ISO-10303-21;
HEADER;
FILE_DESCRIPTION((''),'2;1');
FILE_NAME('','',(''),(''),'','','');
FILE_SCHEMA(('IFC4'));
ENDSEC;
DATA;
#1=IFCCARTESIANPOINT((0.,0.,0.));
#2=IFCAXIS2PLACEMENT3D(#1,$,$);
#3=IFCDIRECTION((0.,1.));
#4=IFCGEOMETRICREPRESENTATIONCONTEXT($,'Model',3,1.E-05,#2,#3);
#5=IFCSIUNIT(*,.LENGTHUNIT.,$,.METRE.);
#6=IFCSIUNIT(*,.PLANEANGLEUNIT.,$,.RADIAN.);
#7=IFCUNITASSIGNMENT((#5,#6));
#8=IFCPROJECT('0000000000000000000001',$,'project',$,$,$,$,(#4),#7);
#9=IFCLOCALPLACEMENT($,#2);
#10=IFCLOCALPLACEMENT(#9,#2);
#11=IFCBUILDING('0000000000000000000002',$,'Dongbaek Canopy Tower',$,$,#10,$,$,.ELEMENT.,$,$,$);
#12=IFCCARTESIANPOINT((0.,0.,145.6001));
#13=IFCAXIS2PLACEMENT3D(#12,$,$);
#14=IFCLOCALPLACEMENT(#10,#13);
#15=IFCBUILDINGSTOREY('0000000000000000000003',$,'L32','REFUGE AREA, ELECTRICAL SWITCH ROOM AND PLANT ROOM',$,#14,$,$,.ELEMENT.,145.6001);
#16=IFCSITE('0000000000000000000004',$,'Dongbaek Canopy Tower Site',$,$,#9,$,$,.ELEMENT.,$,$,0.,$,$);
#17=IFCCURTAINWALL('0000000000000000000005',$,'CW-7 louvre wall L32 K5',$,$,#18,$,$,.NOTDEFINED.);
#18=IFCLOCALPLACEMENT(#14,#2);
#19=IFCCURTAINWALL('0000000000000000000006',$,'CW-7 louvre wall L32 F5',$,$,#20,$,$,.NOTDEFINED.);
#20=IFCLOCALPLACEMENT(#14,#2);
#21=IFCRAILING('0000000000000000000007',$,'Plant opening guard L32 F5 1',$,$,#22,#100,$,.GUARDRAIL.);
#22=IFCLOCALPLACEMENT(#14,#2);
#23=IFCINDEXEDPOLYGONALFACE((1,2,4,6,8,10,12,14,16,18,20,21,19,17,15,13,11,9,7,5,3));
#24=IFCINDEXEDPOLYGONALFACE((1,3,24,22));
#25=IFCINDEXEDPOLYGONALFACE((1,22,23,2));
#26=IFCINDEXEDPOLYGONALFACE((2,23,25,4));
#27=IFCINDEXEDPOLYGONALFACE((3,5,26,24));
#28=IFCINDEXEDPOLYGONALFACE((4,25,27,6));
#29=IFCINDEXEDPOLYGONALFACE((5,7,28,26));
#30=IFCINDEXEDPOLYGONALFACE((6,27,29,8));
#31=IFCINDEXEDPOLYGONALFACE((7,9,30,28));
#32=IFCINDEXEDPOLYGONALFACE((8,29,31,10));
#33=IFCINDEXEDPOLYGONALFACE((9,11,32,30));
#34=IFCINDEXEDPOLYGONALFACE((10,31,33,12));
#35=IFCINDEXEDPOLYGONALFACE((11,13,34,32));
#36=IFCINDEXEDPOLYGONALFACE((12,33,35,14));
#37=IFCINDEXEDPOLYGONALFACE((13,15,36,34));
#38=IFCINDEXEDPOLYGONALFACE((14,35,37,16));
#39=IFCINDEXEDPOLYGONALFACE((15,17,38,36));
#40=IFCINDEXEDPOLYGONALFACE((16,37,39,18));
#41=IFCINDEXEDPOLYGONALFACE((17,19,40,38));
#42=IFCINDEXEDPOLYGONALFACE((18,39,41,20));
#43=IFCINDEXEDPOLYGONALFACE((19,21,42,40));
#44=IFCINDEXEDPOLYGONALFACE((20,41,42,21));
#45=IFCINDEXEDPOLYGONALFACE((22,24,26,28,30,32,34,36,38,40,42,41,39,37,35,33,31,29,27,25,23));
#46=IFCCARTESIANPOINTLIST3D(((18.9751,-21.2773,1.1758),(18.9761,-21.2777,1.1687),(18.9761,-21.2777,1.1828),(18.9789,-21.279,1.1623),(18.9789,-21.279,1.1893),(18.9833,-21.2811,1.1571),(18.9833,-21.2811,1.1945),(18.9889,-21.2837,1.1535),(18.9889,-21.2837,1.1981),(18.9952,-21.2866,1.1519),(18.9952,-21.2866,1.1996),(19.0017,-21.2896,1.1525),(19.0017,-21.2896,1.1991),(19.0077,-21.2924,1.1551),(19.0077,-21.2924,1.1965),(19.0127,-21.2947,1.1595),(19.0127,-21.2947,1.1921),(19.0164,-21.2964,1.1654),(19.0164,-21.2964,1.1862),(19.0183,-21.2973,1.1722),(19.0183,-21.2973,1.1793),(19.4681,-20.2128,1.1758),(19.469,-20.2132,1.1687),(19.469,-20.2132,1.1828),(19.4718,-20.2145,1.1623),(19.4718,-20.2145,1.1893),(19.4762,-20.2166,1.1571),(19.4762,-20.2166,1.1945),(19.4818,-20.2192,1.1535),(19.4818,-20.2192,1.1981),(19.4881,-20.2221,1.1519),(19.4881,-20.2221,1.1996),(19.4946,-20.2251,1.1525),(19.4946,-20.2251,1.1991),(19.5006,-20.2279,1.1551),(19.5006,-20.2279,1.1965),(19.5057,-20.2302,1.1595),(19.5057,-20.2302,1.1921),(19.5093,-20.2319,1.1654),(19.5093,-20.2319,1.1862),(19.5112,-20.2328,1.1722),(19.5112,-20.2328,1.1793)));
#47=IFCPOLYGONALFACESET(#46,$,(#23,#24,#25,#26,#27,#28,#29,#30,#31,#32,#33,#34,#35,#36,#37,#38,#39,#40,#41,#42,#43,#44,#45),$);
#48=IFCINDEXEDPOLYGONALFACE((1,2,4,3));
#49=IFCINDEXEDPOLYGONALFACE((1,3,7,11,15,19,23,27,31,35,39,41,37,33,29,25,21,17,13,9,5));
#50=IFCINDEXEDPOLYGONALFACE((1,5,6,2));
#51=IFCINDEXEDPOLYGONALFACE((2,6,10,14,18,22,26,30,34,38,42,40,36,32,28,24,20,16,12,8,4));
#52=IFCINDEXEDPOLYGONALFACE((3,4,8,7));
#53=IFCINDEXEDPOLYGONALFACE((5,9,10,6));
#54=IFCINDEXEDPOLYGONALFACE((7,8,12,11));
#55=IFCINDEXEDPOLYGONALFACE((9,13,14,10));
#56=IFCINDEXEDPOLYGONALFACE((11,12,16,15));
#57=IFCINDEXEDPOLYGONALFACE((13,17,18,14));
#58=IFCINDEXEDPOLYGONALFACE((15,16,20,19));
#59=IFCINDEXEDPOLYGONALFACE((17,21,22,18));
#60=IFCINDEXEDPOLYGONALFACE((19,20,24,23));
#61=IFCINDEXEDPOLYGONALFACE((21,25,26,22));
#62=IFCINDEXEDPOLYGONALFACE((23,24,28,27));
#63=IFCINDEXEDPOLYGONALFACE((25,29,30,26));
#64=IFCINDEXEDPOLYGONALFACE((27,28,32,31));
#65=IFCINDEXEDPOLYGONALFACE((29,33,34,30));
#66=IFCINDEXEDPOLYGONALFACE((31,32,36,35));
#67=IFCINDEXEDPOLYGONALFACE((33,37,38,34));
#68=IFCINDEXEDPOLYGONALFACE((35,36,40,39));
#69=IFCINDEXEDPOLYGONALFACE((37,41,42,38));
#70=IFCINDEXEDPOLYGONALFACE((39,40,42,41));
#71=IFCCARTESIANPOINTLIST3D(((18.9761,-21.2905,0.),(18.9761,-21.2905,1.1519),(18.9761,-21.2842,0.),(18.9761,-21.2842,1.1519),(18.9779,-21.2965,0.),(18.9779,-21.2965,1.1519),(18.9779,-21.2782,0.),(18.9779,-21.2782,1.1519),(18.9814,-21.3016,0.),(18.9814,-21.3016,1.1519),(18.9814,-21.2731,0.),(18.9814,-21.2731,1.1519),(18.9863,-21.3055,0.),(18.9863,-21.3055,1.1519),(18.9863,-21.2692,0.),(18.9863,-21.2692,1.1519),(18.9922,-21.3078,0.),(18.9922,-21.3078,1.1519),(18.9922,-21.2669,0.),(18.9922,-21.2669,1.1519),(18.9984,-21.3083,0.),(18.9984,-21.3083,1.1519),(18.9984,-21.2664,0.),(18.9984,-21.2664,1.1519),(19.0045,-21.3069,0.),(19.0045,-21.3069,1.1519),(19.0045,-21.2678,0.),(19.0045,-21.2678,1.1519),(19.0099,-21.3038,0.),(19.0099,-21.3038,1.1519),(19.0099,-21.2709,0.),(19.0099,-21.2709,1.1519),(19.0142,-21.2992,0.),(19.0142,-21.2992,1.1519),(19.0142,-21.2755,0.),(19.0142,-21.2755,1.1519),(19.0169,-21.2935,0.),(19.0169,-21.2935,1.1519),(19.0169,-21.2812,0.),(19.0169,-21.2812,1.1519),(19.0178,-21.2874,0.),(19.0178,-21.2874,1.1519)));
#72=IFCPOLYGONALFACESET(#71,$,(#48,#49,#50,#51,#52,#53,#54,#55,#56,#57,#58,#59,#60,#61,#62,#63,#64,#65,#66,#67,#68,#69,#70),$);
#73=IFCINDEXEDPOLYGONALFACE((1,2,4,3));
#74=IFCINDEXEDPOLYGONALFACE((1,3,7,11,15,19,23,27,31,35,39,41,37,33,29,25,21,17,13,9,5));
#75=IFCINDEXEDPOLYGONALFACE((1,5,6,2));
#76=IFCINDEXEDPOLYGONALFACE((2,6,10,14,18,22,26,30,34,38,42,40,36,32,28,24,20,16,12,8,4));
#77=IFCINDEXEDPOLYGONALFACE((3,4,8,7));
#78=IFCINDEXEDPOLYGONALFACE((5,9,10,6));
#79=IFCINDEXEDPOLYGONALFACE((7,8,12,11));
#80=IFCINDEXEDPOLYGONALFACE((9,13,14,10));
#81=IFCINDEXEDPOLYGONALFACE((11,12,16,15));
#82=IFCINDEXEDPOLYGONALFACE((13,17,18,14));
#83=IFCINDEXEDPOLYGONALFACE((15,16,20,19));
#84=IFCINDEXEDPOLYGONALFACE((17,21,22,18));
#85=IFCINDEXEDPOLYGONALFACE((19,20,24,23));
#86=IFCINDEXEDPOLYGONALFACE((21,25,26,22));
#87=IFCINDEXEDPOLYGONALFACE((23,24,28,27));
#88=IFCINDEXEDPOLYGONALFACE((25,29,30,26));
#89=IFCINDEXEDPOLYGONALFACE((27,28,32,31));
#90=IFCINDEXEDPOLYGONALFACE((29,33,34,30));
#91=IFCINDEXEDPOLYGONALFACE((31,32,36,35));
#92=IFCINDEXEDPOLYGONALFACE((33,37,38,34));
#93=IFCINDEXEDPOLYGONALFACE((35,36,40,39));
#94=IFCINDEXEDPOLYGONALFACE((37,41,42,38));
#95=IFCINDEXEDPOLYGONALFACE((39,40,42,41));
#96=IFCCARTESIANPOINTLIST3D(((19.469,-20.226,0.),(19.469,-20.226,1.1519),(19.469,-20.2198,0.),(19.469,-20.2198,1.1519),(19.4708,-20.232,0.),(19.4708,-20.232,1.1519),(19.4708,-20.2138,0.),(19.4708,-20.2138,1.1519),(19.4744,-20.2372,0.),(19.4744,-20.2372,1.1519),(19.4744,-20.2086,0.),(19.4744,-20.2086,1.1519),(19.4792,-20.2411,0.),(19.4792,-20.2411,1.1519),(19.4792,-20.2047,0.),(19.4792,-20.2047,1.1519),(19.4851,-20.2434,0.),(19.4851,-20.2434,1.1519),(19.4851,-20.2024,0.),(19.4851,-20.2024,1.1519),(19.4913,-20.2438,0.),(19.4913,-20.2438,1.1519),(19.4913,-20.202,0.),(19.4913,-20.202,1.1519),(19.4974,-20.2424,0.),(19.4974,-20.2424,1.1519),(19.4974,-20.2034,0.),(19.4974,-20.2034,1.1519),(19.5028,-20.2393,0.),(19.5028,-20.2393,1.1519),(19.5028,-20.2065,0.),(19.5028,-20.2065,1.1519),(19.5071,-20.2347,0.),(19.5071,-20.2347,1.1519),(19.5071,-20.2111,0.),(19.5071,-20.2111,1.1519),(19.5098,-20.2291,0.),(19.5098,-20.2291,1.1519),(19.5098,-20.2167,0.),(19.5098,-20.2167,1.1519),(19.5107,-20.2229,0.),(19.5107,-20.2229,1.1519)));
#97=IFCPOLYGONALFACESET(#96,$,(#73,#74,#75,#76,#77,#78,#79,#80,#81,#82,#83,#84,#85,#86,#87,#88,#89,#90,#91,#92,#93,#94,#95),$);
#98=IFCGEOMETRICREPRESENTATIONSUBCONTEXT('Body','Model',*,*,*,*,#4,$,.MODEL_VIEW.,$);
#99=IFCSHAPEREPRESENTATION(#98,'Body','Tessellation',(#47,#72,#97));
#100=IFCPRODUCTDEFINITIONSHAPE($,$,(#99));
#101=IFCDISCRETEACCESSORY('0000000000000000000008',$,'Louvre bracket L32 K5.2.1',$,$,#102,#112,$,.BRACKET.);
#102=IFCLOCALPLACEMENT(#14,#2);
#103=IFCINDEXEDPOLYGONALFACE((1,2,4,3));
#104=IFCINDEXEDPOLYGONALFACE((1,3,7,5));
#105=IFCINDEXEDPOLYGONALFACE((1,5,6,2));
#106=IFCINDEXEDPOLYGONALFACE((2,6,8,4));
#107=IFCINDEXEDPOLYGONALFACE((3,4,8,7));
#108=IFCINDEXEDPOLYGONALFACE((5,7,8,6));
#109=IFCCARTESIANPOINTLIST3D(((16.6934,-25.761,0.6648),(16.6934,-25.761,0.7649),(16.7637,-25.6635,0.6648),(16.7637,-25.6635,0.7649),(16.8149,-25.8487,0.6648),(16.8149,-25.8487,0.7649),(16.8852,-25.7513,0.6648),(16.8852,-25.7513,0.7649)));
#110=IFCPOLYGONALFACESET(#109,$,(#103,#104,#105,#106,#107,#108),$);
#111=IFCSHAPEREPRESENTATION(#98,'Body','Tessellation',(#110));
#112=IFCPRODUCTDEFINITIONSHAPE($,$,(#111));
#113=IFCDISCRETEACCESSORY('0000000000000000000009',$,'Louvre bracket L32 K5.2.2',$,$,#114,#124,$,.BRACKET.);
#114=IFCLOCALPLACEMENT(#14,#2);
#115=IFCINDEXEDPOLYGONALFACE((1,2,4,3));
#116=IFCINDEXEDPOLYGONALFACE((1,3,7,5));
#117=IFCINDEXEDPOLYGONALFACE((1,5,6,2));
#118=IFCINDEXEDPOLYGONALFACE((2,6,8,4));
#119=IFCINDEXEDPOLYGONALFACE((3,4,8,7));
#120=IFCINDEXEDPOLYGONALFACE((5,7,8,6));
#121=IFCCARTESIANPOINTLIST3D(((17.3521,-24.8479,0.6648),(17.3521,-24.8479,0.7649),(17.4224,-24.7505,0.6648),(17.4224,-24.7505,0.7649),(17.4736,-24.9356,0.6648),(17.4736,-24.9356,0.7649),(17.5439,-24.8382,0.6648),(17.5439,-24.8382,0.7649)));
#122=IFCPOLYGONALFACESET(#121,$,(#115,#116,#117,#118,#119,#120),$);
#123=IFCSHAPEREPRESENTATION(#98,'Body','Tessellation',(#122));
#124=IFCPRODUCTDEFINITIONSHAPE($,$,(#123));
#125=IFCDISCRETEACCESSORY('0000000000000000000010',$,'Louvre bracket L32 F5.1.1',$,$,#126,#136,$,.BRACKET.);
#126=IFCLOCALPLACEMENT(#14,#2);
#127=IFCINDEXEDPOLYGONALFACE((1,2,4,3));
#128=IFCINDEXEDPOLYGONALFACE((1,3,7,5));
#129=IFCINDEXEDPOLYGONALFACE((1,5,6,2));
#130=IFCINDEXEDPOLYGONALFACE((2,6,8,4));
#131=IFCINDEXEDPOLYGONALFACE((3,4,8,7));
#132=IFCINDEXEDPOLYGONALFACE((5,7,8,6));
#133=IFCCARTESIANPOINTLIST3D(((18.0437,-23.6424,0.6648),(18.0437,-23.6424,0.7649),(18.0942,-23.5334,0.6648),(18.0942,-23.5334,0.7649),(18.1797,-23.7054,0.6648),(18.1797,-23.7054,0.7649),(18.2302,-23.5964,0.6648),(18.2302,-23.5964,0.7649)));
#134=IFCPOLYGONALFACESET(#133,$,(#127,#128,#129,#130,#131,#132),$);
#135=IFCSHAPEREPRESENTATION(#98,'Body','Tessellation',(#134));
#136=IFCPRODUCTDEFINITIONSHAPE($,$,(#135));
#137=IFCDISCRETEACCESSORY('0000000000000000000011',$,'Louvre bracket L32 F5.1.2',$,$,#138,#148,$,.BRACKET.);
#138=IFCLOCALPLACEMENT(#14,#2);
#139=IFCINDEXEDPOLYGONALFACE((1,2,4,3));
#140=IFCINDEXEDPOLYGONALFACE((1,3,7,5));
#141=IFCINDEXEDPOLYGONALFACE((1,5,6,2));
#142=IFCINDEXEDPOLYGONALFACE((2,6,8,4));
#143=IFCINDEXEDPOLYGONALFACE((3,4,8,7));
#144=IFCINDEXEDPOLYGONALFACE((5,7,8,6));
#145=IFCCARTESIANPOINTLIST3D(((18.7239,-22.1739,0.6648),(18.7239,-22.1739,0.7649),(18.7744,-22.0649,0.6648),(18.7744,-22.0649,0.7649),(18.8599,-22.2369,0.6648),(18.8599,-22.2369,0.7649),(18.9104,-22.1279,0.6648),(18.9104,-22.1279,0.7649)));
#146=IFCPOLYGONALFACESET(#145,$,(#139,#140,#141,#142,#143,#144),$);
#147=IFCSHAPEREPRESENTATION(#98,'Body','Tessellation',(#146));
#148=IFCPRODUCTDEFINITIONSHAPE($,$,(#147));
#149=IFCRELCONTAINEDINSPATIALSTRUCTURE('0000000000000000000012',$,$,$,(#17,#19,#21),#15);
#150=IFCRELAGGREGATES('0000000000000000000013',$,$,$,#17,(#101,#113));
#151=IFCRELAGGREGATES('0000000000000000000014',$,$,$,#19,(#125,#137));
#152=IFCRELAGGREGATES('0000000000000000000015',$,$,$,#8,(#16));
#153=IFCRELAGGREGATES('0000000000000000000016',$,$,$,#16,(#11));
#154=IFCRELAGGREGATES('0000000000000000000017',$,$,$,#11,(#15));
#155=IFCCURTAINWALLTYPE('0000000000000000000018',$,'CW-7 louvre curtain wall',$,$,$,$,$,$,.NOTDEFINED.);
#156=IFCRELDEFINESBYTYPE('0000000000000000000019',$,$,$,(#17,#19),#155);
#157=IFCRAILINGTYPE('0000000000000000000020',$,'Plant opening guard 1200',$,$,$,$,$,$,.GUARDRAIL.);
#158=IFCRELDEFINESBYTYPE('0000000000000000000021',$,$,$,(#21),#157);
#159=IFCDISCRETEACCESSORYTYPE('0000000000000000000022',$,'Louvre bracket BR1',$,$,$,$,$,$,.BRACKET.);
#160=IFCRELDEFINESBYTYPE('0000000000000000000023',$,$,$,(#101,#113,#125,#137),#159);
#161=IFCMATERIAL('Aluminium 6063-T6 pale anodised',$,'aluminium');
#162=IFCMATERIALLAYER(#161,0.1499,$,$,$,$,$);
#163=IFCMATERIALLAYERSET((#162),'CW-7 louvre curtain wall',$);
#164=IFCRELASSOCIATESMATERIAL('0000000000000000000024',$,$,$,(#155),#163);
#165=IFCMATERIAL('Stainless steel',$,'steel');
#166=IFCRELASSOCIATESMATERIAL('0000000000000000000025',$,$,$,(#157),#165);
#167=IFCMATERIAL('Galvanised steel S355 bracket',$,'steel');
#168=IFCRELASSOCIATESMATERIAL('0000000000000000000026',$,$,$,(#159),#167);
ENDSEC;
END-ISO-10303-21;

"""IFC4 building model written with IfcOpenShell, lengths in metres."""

from ifc_helpers import new_model, si_unit, direction, frame, origin, origin_2d, place, context, subcontext, project, spatial, rectangle, circle, extrude, material, layer, layer_set, type_object, element, aggregate, save


model = new_model("IFC4")

# Units and contexts
model_context = context("Model", 3, precision=1e-05, world=origin(), true_north=direction((0.0, 1.0)))
body_context = subcontext(model_context, "Body", "Model", "MODEL_VIEW")
ifc_project = project(units=[si_unit("LENGTHUNIT", "METRE"), si_unit("PLANEANGLEUNIT", "RADIAN")], contexts=[model_context])

# Site, building, storey
site_placement = place(None, origin())
site = spatial("IfcSite", under=ifc_project, at=site_placement, Name="Dongbaek Canopy Tower Site", CompositionType="ELEMENT", RefElevation=0.0)
building_placement = place(site_placement, origin())
building = spatial("IfcBuilding", under=site, at=building_placement, Name="Dongbaek Canopy Tower", CompositionType="ELEMENT")
storey_placement = place(building_placement, frame((0.0, 0.0, 145.6001)))
storey = spatial("IfcBuildingStorey", under=building, at=storey_placement, Name="L32", Description="REFUGE AREA, ELECTRICAL SWITCH ROOM AND PLANT ROOM", CompositionType="ELEMENT", Elevation=145.6001)

# Curtain walls
ifc_material_1 = material(Name="Aluminium 6063-T6 pale anodised", Category="aluminium")
ifc_layer_1 = layer(ifc_material_1, 0.1499)
ifc_layer_set_1 = layer_set([ifc_layer_1], Name="CW-7 louvre curtain wall")
curtain_wall_type = type_object("IfcCurtainWallType", Name="CW-7 louvre curtain wall", PredefinedType="NOTDEFINED", material=ifc_layer_set_1)
curtain_wall_1_placement = place(storey_placement, origin())
curtain_wall_1 = element("IfcCurtainWall", 1, at=curtain_wall_1_placement, inside=storey, type_object=curtain_wall_type, Name="CW-7 louvre wall L32 K5", PredefinedType="NOTDEFINED")
curtain_wall_2_placement = place(storey_placement, origin())
curtain_wall_2 = element("IfcCurtainWall", 2, at=curtain_wall_2_placement, inside=storey, type_object=curtain_wall_type, Name="CW-7 louvre wall L32 F5", PredefinedType="NOTDEFINED")

# Railing
ifc_material_2 = material(Name="Stainless steel", Category="steel")
railing_type = type_object("IfcRailingType", Name="Plant opening guard 1200", PredefinedType="GUARDRAIL", material=ifc_material_2)
railing_placement = place(storey_placement, frame((18.9968, -21.2874, 0.0)))
element("IfcRailing", 3, at=railing_placement, inside=storey, type_object=railing_type, Name="Plant opening guard L32 F5 1", PredefinedType="GUARDRAIL", context=body_context, shape_type="SweptSolid", body=[
    extrude(circle(Radius=0.0239, at=origin_2d()), frame((0.0, 0.0, 1.1758), z_axis=(0.420206, 0.907429, 0.0), x_axis=(-0.907429, 0.420206, 0.0)), (0.0, 0.0, 1.0), 1.1731),
    extrude(circle(Radius=0.021, at=origin_2d()), origin(), (0.0, 0.0, 1.0), 1.1519),
    extrude(circle(Radius=0.021, at=origin_2d()), frame((0.4929, 1.0645, 0.0)), (0.0, 0.0, 1.0), 1.1519),
])

# Discrete accessories
ifc_material_3 = material(Name="Galvanised steel S355 bracket", Category="steel")
discrete_accessory_type = type_object("IfcDiscreteAccessoryType", Name="Louvre bracket BR1", PredefinedType="BRACKET", material=ifc_material_3)
discrete_accessory_1_placement = place(storey_placement, frame((16.7893, -25.7561, 0.6648), z_axis=(0.0, 0.0, 1.0), x_axis=(0.585133, 0.810937, 0.0)))
discrete_accessory_1 = element("IfcDiscreteAccessory", 4, at=discrete_accessory_1_placement, type_object=discrete_accessory_type, Name="Louvre bracket L32 K5.2.1", PredefinedType="BRACKET", context=body_context, shape_type="SweptSolid", body=[
    extrude(rectangle(XDim=0.1201, YDim=0.1499, at=origin_2d()), origin(), (0.0, 0.0, 1.0), 0.1001),
])
discrete_accessory_2_placement = place(storey_placement, frame((17.448, -24.843, 0.6648), z_axis=(0.0, 0.0, 1.0), x_axis=(0.585133, 0.810937, 0.0)))
discrete_accessory_2 = element("IfcDiscreteAccessory", 5, at=discrete_accessory_2_placement, type_object=discrete_accessory_type, Name="Louvre bracket L32 K5.2.2", PredefinedType="BRACKET", context=body_context, shape_type="SweptSolid", body=[
    extrude(rectangle(XDim=0.1201, YDim=0.1499, at=origin_2d()), origin(), (0.0, 0.0, 1.0), 0.1001),
])
aggregate(curtain_wall_1, [discrete_accessory_1, discrete_accessory_2])
discrete_accessory_3_placement = place(storey_placement, frame((18.137, -23.6194, 0.6648), z_axis=(0.0, 0.0, 1.0), x_axis=(0.420334, 0.907369, 0.0)))
discrete_accessory_3 = element("IfcDiscreteAccessory", 6, at=discrete_accessory_3_placement, type_object=discrete_accessory_type, Name="Louvre bracket L32 F5.1.1", PredefinedType="BRACKET", context=body_context, shape_type="SweptSolid", body=[
    extrude(rectangle(XDim=0.1201, YDim=0.1499, at=origin_2d()), origin(), (0.0, 0.0, 1.0), 0.1001),
])
discrete_accessory_4_placement = place(storey_placement, frame((18.8171, -22.1509, 0.6648), z_axis=(0.0, 0.0, 1.0), x_axis=(0.420334, 0.907369, 0.0)))
discrete_accessory_4 = element("IfcDiscreteAccessory", 7, at=discrete_accessory_4_placement, type_object=discrete_accessory_type, Name="Louvre bracket L32 F5.1.2", PredefinedType="BRACKET", context=body_context, shape_type="SweptSolid", body=[
    extrude(rectangle(XDim=0.1201, YDim=0.1499, at=origin_2d()), origin(), (0.0, 0.0, 1.0), 0.1001),
])
aggregate(curtain_wall_2, [discrete_accessory_3, discrete_accessory_4])

save(model, "model.ifc")
